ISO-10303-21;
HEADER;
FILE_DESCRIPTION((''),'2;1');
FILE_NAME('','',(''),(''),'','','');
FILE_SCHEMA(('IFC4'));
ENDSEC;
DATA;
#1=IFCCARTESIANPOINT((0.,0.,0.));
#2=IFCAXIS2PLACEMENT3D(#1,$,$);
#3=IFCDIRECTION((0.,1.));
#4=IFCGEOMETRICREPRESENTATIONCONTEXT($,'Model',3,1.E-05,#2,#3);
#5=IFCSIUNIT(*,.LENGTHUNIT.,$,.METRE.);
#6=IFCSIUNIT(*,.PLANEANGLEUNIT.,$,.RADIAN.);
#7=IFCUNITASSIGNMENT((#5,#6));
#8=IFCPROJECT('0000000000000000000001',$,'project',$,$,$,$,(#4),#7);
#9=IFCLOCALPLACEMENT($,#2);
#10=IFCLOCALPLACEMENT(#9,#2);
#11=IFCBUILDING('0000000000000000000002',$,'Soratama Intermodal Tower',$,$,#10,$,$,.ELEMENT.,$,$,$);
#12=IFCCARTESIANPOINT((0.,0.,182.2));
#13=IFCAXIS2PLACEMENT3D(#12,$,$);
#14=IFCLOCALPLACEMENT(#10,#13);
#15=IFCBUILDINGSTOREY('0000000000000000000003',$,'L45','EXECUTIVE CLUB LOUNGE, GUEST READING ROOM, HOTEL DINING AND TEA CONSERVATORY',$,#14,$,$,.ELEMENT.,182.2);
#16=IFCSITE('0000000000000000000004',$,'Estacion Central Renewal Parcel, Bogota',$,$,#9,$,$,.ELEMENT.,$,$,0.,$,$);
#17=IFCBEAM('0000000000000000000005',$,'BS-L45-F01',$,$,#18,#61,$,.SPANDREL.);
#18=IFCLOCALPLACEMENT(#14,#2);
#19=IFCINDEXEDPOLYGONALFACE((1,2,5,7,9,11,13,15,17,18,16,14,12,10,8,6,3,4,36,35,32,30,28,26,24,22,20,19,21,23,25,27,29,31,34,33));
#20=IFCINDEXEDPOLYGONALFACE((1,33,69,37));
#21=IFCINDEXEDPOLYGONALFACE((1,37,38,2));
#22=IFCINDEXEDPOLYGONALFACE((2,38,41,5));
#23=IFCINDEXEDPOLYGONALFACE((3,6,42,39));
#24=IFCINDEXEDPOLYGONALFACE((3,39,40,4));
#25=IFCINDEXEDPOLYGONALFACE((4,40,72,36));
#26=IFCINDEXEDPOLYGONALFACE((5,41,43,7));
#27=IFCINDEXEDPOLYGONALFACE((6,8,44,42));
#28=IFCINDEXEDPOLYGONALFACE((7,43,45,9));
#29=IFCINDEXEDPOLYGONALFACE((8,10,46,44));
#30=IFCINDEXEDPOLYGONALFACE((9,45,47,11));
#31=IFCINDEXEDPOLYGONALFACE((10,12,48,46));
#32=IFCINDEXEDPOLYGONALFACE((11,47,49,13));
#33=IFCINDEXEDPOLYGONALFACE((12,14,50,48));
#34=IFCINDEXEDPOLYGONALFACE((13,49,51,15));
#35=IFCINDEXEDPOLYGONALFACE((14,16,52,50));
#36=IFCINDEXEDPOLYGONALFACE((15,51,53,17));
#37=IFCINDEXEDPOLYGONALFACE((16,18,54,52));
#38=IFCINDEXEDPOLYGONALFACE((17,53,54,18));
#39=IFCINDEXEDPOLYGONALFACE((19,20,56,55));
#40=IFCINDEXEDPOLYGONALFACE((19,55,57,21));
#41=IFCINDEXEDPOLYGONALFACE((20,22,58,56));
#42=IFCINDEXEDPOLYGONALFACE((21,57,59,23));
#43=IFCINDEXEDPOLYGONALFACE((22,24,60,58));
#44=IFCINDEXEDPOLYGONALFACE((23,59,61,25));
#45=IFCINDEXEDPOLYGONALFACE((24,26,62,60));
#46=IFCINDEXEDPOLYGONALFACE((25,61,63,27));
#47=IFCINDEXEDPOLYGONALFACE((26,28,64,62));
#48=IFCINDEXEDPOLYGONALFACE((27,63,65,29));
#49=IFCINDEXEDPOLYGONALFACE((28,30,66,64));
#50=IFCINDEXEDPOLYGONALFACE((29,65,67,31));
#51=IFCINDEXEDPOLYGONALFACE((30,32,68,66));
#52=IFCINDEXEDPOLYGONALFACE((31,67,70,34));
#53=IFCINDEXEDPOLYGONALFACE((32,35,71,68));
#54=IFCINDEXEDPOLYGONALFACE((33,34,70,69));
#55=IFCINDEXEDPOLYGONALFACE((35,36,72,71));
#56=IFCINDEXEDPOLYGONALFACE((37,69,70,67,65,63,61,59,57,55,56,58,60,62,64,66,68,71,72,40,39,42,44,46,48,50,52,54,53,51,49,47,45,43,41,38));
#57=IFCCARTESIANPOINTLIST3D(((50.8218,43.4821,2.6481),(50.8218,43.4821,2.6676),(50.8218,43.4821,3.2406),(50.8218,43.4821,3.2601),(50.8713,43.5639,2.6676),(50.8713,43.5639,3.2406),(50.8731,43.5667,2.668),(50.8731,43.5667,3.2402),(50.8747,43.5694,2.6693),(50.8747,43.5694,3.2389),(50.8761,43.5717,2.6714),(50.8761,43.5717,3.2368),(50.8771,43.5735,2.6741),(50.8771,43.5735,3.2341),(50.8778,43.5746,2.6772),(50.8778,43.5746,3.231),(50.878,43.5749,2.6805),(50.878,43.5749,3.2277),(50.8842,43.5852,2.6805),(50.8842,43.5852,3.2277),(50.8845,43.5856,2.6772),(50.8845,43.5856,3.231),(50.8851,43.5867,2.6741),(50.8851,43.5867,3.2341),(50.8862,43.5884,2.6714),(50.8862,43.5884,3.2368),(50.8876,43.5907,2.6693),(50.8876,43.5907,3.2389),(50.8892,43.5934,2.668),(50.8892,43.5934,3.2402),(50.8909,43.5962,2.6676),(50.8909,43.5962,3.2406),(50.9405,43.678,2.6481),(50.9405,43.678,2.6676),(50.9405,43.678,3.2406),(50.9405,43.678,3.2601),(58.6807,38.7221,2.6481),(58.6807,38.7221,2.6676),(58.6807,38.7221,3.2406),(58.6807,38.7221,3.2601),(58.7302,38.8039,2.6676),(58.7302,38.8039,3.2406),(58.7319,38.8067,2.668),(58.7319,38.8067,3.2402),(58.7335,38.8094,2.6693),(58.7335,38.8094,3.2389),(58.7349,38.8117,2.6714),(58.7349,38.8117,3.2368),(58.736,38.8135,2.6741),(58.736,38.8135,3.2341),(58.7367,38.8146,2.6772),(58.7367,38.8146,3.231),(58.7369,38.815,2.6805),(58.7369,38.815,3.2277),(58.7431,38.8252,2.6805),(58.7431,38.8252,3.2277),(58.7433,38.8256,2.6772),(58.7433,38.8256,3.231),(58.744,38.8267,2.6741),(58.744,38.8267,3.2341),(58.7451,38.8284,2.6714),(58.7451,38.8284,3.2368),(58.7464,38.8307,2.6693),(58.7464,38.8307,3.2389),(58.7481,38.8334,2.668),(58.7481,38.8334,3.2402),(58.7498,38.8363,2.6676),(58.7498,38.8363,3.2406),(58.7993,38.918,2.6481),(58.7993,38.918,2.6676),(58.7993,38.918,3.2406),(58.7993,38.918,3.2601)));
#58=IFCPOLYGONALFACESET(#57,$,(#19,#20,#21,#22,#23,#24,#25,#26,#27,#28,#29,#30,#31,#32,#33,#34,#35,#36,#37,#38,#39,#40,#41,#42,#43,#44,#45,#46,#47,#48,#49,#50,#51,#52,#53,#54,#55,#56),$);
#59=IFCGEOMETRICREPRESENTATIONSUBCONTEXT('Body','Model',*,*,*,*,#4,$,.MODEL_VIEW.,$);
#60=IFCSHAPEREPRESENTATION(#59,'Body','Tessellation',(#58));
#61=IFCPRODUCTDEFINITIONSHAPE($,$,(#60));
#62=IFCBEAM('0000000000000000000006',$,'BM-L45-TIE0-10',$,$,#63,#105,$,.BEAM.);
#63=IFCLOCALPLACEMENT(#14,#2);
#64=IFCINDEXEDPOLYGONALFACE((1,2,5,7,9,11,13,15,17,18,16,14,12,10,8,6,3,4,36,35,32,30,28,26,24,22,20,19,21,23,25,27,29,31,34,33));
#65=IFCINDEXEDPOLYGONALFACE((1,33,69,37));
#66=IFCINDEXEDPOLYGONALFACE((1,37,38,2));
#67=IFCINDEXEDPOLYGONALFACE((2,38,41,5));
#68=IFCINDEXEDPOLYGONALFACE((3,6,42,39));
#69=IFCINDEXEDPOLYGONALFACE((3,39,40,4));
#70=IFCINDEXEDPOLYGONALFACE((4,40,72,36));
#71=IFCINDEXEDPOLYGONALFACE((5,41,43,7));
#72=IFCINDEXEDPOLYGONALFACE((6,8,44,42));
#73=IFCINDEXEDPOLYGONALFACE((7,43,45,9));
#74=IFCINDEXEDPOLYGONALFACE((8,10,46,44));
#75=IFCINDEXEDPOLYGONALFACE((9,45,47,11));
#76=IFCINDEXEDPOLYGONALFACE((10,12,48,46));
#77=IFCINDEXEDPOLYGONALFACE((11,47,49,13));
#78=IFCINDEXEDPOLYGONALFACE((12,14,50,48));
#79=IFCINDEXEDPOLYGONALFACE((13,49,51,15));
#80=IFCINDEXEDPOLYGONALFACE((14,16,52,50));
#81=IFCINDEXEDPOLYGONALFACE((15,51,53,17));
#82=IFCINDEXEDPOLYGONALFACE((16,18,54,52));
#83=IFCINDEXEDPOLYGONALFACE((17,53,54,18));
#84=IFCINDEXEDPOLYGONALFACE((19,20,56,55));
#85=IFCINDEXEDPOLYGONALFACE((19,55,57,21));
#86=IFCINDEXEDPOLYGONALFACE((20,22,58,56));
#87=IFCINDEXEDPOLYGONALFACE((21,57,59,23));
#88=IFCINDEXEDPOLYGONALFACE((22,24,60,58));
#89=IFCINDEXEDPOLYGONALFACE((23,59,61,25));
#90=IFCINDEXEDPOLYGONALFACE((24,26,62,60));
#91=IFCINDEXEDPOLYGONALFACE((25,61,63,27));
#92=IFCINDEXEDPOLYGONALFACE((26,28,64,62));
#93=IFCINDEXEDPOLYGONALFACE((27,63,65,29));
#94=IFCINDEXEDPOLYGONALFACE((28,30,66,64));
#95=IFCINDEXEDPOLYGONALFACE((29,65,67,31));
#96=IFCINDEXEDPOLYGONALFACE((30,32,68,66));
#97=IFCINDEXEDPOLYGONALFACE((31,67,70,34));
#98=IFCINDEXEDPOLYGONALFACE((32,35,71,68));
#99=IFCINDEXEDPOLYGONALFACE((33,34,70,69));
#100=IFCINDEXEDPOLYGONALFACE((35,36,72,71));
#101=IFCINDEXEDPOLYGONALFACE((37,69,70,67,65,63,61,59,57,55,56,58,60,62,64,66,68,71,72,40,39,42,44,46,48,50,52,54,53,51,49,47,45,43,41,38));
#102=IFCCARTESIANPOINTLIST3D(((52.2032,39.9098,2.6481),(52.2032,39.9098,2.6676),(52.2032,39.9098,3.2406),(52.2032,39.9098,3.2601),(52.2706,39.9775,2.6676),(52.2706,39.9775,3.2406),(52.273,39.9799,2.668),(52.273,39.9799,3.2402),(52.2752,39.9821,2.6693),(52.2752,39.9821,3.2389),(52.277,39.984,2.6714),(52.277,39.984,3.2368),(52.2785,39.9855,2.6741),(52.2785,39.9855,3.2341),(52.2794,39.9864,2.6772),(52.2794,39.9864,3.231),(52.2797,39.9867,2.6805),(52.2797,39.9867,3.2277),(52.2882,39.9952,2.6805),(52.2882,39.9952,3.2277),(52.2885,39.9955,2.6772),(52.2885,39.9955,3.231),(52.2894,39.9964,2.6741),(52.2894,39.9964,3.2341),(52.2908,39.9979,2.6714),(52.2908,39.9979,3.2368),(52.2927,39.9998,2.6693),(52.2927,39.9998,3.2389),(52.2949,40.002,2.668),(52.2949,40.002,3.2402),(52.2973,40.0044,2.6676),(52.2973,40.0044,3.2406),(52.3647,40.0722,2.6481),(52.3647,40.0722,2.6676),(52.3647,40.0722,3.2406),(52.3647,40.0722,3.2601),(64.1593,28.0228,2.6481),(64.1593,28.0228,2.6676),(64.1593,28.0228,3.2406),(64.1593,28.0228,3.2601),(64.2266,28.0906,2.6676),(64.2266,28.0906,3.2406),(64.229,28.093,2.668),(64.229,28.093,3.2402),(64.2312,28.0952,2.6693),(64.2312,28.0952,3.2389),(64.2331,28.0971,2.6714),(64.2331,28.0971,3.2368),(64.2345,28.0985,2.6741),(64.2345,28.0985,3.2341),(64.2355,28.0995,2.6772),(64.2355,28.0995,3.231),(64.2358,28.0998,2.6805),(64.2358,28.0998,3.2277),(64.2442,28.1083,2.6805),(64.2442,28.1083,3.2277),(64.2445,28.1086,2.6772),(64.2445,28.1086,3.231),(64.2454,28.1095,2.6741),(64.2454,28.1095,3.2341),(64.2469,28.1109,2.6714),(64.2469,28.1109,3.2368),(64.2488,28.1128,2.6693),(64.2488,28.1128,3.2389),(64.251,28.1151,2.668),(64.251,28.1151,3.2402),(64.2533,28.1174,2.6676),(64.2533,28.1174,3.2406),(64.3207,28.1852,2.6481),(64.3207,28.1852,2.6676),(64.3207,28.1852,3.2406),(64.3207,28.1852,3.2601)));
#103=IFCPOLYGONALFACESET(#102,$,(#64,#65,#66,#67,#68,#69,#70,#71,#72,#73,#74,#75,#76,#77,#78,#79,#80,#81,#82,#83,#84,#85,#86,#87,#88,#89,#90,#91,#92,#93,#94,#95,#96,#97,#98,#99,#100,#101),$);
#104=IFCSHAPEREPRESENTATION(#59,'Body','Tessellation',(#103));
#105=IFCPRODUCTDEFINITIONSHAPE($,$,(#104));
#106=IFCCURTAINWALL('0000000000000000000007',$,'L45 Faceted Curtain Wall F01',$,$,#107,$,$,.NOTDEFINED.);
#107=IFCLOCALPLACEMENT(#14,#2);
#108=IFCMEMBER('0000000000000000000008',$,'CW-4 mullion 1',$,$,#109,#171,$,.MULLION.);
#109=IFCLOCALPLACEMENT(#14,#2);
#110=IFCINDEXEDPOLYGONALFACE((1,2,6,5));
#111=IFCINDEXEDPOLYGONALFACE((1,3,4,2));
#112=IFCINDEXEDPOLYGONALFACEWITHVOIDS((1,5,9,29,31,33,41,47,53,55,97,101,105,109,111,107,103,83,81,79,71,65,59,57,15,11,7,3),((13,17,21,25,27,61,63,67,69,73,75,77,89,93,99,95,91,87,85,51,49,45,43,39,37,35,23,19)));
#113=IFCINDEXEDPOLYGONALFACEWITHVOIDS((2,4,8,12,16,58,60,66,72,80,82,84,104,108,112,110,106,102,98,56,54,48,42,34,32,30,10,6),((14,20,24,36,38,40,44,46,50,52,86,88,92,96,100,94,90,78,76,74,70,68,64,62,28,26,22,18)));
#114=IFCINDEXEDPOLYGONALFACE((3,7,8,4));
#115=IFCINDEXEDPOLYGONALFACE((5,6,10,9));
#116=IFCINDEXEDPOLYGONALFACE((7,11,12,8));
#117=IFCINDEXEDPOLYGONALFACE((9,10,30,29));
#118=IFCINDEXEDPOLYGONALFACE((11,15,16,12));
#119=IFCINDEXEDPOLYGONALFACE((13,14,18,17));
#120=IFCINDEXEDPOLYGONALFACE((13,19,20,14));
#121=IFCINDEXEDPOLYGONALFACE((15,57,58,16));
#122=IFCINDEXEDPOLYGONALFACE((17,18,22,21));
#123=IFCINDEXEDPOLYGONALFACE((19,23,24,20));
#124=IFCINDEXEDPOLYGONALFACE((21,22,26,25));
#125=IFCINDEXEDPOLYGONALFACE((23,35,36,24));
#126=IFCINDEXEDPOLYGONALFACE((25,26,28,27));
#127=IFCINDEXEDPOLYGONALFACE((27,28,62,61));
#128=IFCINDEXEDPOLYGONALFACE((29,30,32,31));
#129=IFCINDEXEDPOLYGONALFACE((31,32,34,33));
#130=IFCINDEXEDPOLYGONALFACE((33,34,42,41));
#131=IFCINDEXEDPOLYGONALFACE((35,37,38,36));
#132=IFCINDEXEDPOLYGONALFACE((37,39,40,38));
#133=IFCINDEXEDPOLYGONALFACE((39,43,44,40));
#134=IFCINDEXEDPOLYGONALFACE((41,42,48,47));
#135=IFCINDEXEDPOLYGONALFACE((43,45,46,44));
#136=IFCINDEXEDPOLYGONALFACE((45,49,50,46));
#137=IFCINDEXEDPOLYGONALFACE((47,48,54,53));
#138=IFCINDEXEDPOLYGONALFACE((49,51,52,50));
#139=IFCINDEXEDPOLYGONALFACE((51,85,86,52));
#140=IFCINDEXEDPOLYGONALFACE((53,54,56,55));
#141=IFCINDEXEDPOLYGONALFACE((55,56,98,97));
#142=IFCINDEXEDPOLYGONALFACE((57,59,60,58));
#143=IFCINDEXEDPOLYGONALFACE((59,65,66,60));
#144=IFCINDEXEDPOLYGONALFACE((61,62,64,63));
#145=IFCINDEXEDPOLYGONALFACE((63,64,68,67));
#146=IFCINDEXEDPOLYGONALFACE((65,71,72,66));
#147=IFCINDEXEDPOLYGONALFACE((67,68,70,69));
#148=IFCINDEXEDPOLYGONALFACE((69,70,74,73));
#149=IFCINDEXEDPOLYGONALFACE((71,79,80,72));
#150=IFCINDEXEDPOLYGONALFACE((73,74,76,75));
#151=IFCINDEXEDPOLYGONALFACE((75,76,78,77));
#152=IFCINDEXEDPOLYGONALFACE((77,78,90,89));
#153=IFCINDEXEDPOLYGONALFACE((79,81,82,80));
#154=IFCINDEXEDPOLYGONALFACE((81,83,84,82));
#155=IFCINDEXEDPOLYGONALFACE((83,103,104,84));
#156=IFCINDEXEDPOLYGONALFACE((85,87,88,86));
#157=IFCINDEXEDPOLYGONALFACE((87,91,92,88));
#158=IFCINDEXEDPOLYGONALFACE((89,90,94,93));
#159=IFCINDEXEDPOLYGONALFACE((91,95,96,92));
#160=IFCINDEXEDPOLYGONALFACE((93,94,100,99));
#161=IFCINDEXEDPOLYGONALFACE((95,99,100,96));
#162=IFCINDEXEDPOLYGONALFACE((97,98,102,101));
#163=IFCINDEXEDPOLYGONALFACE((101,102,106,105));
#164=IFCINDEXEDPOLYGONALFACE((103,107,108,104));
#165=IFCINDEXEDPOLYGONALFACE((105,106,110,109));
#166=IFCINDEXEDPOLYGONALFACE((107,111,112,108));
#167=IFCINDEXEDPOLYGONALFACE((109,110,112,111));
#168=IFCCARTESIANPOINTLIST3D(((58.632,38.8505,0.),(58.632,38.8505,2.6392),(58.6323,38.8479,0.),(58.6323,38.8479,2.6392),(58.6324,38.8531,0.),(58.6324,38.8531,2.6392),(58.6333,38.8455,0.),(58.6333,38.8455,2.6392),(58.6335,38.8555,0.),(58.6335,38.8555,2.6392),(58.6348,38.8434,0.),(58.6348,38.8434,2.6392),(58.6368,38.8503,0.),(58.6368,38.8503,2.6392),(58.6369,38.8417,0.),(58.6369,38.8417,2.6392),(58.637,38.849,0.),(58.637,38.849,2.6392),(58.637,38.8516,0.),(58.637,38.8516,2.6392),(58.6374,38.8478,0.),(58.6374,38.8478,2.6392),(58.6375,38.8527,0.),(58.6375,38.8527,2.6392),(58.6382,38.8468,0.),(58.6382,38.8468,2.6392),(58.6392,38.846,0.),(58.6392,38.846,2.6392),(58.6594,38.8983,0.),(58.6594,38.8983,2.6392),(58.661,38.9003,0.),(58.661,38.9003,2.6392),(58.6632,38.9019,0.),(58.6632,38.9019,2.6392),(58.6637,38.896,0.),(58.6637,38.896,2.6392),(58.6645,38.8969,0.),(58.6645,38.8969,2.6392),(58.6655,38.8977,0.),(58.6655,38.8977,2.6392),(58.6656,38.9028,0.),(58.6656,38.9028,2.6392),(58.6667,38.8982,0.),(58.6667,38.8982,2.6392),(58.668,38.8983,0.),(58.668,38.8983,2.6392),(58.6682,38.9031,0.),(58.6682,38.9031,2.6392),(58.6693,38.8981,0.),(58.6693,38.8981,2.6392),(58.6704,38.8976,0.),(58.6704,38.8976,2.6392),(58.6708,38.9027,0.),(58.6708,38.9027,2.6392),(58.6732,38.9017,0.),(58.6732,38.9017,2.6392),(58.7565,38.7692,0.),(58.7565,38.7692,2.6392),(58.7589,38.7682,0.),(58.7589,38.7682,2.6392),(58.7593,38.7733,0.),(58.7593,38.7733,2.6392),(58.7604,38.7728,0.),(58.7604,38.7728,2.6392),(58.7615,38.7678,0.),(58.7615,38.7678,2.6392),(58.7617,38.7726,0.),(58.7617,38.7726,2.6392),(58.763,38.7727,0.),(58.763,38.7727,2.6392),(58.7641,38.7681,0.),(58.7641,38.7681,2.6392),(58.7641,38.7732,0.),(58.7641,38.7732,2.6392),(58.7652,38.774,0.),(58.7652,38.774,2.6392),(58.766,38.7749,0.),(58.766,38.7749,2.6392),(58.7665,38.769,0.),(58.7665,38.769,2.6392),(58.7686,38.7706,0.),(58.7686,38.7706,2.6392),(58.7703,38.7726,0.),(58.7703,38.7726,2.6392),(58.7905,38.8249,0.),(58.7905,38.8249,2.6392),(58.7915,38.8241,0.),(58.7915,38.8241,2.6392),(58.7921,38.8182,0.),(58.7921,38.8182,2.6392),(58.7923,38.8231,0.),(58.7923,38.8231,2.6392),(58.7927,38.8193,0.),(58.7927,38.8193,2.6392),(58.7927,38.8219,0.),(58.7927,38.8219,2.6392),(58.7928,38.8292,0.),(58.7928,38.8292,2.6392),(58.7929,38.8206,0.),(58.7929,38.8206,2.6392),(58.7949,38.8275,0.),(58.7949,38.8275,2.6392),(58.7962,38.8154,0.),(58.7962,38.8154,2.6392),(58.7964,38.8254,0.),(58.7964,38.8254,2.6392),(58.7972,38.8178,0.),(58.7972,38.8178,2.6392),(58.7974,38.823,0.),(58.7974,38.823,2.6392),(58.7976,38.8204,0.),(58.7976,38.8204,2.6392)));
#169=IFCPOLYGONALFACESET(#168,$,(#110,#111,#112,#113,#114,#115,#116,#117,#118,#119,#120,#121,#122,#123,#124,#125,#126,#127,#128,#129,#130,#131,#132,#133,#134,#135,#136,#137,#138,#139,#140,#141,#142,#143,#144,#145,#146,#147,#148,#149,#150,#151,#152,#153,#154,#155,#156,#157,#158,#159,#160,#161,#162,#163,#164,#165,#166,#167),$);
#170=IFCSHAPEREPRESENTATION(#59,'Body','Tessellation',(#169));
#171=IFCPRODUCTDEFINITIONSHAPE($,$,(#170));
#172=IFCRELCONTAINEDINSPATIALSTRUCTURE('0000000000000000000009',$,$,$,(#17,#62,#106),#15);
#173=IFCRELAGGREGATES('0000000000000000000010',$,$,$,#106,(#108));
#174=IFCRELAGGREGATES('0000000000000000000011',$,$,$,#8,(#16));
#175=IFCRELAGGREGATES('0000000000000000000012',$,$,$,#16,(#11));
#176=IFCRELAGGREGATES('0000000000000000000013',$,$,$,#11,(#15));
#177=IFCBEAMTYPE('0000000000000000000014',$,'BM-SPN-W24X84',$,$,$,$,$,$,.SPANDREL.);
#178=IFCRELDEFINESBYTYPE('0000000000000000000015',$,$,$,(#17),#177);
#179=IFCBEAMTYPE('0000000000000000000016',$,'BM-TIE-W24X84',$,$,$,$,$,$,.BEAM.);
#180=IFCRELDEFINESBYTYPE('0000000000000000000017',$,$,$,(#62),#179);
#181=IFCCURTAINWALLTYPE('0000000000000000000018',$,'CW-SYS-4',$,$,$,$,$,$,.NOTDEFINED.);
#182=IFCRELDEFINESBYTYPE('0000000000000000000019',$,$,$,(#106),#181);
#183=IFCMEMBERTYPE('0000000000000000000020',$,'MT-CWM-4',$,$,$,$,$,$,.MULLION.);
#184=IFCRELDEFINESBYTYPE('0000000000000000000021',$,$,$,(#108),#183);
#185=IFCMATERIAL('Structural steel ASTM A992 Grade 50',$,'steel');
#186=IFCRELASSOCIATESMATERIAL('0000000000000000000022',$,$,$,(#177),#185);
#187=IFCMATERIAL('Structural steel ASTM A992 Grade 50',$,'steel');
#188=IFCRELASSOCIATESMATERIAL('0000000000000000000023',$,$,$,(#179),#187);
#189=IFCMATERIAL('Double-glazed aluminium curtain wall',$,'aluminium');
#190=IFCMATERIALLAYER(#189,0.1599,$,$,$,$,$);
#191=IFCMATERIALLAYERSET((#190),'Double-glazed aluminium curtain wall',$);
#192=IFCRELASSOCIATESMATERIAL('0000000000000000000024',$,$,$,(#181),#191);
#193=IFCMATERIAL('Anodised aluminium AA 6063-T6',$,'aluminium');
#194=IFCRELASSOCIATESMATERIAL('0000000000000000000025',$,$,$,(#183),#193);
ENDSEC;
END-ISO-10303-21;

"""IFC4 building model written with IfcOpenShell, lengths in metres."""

from ifc_helpers import new_model, si_unit, direction, frame, origin, origin_2d, place, context, subcontext, project, spatial, hollow_rectangle, i_section, extrude, material, layer, layer_set, material_profile, profile_set, type_object, element, aggregate, save


model = new_model("IFC4")

# Units and contexts
model_context = context("Model", 3, precision=1e-05, world=origin(), true_north=direction((0.0, 1.0)))
body_context = subcontext(model_context, "Body", "Model", "MODEL_VIEW")
ifc_project = project(units=[si_unit("LENGTHUNIT", "METRE"), si_unit("PLANEANGLEUNIT", "RADIAN")], contexts=[model_context])

# Site, building, storey
site_placement = place(None, origin())
site = spatial("IfcSite", under=ifc_project, at=site_placement, Name="Estacion Central Renewal Parcel, Bogota", CompositionType="ELEMENT", RefElevation=0.0)
building_placement = place(site_placement, origin())
building = spatial("IfcBuilding", under=site, at=building_placement, Name="Soratama Intermodal Tower", CompositionType="ELEMENT")
storey_placement = place(building_placement, frame((0.0, 0.0, 182.2)))
storey = spatial("IfcBuildingStorey", under=building, at=storey_placement, Name="L45", Description="EXECUTIVE CLUB LOUNGE, GUEST READING ROOM, HOTEL DINING AND TEA CONSERVATORY", CompositionType="ELEMENT", Elevation=182.2)

# Beams
ifc_material_1 = material(Name="Structural steel ASTM A992 Grade 50", Category="steel")
ifc_material_profile_1 = material_profile(ifc_material_1, i_section(OverallWidth=0.229, OverallDepth=0.6121, WebThickness=0.012, FlangeThickness=0.0195, FilletRadius=0.0129, at=origin_2d()), Name="W24X84")
ifc_profile_set_1 = profile_set([ifc_material_profile_1], Name="Structural steel ASTM A992 Grade 50")
beam_type_1 = type_object("IfcBeamType", Name="BM-SPN-W24X84", PredefinedType="SPANDREL", material=ifc_profile_set_1)
beam_1_placement = place(storey_placement, frame((58.74, 38.8201, 2.9541), z_axis=(-0.85534, 0.518067, 0.0), x_axis=(-0.518067, -0.85534, 0.0)))
element("IfcBeam", 1, at=beam_1_placement, inside=storey, type_object=beam_type_1, Name="BS-L45-F01", PredefinedType="SPANDREL", context=body_context, shape_type="SweptSolid", body=[
    extrude(i_section(OverallWidth=0.229, OverallDepth=0.6121, WebThickness=0.012, FlangeThickness=0.0195, FilletRadius=0.0129, at=origin_2d()), origin(), (0.0, 0.0, 1.0), 9.188),
])
ifc_material_2 = material(Name="Structural steel ASTM A992 Grade 50", Category="steel")
ifc_material_profile_2 = material_profile(ifc_material_2, i_section(OverallWidth=0.229, OverallDepth=0.6121, WebThickness=0.012, FlangeThickness=0.0195, FilletRadius=0.0129, at=origin_2d()), Name="W24X84")
ifc_profile_set_2 = profile_set([ifc_material_profile_2], Name="Structural steel ASTM A992 Grade 50")
beam_type_2 = type_object("IfcBeamType", Name="BM-TIE-W24X84", PredefinedType="BEAM", material=ifc_profile_set_2)
beam_2_placement = place(storey_placement, frame((52.2839, 39.991, 2.9541), z_axis=(0.709153, -0.705055, 0.0), x_axis=(0.705055, 0.709153, 0.0)))
element("IfcBeam", 2, at=beam_2_placement, inside=storey, type_object=beam_type_2, Name="BM-L45-TIE0-10", PredefinedType="BEAM", context=body_context, shape_type="SweptSolid", body=[
    extrude(i_section(OverallWidth=0.229, OverallDepth=0.6121, WebThickness=0.012, FlangeThickness=0.0195, FilletRadius=0.0129, at=origin_2d()), origin(), (0.0, 0.0, 1.0), 16.8596),
])

# Curtain wall, member
ifc_material_3 = material(Name="Double-glazed aluminium curtain wall", Category="aluminium")
ifc_layer_1 = layer(ifc_material_3, 0.1599)
ifc_layer_set_1 = layer_set([ifc_layer_1], Name="Double-glazed aluminium curtain wall")
curtain_wall_type = type_object("IfcCurtainWallType", Name="CW-SYS-4", PredefinedType="NOTDEFINED", material=ifc_layer_set_1)
curtain_wall_placement = place(storey_placement, origin())
curtain_wall = element("IfcCurtainWall", 3, at=curtain_wall_placement, inside=storey, type_object=curtain_wall_type, Name="L45 Faceted Curtain Wall F01", PredefinedType="NOTDEFINED")
ifc_material_4 = material(Name="Anodised aluminium AA 6063-T6", Category="aluminium")
ifc_material_profile_3 = material_profile(ifc_material_4, hollow_rectangle(XDim=0.0701, YDim=0.1599, WallThickness=0.0049, InnerFilletRadius=0.0049, OuterFilletRadius=0.01, at=origin_2d()), Name="CWM160X70X5")
ifc_profile_set_3 = profile_set([ifc_material_profile_3], Name="Anodised aluminium AA 6063-T6")
member_type_1 = type_object("IfcMemberType", Name="MT-CWM-4", PredefinedType="MULLION", material=ifc_profile_set_3)
member_1_placement = place(storey_placement, frame((58.7148, 38.8354, 0.0), z_axis=(0.0, 0.0, 1.0), x_axis=(-0.518027, -0.855364, 0.0)))
member_1 = element("IfcMember", 4, at=member_1_placement, type_object=member_type_1, Name="CW-4 mullion 1", PredefinedType="MULLION", context=body_context, shape_type="SweptSolid", body=[
    extrude(hollow_rectangle(XDim=0.0701, YDim=0.1599, WallThickness=0.0049, InnerFilletRadius=0.0049, OuterFilletRadius=0.01, at=origin_2d()), origin(), (0.0, 0.0, 1.0), 2.6392),
])
aggregate(curtain_wall, [member_1])

save(model, "model.ifc")
